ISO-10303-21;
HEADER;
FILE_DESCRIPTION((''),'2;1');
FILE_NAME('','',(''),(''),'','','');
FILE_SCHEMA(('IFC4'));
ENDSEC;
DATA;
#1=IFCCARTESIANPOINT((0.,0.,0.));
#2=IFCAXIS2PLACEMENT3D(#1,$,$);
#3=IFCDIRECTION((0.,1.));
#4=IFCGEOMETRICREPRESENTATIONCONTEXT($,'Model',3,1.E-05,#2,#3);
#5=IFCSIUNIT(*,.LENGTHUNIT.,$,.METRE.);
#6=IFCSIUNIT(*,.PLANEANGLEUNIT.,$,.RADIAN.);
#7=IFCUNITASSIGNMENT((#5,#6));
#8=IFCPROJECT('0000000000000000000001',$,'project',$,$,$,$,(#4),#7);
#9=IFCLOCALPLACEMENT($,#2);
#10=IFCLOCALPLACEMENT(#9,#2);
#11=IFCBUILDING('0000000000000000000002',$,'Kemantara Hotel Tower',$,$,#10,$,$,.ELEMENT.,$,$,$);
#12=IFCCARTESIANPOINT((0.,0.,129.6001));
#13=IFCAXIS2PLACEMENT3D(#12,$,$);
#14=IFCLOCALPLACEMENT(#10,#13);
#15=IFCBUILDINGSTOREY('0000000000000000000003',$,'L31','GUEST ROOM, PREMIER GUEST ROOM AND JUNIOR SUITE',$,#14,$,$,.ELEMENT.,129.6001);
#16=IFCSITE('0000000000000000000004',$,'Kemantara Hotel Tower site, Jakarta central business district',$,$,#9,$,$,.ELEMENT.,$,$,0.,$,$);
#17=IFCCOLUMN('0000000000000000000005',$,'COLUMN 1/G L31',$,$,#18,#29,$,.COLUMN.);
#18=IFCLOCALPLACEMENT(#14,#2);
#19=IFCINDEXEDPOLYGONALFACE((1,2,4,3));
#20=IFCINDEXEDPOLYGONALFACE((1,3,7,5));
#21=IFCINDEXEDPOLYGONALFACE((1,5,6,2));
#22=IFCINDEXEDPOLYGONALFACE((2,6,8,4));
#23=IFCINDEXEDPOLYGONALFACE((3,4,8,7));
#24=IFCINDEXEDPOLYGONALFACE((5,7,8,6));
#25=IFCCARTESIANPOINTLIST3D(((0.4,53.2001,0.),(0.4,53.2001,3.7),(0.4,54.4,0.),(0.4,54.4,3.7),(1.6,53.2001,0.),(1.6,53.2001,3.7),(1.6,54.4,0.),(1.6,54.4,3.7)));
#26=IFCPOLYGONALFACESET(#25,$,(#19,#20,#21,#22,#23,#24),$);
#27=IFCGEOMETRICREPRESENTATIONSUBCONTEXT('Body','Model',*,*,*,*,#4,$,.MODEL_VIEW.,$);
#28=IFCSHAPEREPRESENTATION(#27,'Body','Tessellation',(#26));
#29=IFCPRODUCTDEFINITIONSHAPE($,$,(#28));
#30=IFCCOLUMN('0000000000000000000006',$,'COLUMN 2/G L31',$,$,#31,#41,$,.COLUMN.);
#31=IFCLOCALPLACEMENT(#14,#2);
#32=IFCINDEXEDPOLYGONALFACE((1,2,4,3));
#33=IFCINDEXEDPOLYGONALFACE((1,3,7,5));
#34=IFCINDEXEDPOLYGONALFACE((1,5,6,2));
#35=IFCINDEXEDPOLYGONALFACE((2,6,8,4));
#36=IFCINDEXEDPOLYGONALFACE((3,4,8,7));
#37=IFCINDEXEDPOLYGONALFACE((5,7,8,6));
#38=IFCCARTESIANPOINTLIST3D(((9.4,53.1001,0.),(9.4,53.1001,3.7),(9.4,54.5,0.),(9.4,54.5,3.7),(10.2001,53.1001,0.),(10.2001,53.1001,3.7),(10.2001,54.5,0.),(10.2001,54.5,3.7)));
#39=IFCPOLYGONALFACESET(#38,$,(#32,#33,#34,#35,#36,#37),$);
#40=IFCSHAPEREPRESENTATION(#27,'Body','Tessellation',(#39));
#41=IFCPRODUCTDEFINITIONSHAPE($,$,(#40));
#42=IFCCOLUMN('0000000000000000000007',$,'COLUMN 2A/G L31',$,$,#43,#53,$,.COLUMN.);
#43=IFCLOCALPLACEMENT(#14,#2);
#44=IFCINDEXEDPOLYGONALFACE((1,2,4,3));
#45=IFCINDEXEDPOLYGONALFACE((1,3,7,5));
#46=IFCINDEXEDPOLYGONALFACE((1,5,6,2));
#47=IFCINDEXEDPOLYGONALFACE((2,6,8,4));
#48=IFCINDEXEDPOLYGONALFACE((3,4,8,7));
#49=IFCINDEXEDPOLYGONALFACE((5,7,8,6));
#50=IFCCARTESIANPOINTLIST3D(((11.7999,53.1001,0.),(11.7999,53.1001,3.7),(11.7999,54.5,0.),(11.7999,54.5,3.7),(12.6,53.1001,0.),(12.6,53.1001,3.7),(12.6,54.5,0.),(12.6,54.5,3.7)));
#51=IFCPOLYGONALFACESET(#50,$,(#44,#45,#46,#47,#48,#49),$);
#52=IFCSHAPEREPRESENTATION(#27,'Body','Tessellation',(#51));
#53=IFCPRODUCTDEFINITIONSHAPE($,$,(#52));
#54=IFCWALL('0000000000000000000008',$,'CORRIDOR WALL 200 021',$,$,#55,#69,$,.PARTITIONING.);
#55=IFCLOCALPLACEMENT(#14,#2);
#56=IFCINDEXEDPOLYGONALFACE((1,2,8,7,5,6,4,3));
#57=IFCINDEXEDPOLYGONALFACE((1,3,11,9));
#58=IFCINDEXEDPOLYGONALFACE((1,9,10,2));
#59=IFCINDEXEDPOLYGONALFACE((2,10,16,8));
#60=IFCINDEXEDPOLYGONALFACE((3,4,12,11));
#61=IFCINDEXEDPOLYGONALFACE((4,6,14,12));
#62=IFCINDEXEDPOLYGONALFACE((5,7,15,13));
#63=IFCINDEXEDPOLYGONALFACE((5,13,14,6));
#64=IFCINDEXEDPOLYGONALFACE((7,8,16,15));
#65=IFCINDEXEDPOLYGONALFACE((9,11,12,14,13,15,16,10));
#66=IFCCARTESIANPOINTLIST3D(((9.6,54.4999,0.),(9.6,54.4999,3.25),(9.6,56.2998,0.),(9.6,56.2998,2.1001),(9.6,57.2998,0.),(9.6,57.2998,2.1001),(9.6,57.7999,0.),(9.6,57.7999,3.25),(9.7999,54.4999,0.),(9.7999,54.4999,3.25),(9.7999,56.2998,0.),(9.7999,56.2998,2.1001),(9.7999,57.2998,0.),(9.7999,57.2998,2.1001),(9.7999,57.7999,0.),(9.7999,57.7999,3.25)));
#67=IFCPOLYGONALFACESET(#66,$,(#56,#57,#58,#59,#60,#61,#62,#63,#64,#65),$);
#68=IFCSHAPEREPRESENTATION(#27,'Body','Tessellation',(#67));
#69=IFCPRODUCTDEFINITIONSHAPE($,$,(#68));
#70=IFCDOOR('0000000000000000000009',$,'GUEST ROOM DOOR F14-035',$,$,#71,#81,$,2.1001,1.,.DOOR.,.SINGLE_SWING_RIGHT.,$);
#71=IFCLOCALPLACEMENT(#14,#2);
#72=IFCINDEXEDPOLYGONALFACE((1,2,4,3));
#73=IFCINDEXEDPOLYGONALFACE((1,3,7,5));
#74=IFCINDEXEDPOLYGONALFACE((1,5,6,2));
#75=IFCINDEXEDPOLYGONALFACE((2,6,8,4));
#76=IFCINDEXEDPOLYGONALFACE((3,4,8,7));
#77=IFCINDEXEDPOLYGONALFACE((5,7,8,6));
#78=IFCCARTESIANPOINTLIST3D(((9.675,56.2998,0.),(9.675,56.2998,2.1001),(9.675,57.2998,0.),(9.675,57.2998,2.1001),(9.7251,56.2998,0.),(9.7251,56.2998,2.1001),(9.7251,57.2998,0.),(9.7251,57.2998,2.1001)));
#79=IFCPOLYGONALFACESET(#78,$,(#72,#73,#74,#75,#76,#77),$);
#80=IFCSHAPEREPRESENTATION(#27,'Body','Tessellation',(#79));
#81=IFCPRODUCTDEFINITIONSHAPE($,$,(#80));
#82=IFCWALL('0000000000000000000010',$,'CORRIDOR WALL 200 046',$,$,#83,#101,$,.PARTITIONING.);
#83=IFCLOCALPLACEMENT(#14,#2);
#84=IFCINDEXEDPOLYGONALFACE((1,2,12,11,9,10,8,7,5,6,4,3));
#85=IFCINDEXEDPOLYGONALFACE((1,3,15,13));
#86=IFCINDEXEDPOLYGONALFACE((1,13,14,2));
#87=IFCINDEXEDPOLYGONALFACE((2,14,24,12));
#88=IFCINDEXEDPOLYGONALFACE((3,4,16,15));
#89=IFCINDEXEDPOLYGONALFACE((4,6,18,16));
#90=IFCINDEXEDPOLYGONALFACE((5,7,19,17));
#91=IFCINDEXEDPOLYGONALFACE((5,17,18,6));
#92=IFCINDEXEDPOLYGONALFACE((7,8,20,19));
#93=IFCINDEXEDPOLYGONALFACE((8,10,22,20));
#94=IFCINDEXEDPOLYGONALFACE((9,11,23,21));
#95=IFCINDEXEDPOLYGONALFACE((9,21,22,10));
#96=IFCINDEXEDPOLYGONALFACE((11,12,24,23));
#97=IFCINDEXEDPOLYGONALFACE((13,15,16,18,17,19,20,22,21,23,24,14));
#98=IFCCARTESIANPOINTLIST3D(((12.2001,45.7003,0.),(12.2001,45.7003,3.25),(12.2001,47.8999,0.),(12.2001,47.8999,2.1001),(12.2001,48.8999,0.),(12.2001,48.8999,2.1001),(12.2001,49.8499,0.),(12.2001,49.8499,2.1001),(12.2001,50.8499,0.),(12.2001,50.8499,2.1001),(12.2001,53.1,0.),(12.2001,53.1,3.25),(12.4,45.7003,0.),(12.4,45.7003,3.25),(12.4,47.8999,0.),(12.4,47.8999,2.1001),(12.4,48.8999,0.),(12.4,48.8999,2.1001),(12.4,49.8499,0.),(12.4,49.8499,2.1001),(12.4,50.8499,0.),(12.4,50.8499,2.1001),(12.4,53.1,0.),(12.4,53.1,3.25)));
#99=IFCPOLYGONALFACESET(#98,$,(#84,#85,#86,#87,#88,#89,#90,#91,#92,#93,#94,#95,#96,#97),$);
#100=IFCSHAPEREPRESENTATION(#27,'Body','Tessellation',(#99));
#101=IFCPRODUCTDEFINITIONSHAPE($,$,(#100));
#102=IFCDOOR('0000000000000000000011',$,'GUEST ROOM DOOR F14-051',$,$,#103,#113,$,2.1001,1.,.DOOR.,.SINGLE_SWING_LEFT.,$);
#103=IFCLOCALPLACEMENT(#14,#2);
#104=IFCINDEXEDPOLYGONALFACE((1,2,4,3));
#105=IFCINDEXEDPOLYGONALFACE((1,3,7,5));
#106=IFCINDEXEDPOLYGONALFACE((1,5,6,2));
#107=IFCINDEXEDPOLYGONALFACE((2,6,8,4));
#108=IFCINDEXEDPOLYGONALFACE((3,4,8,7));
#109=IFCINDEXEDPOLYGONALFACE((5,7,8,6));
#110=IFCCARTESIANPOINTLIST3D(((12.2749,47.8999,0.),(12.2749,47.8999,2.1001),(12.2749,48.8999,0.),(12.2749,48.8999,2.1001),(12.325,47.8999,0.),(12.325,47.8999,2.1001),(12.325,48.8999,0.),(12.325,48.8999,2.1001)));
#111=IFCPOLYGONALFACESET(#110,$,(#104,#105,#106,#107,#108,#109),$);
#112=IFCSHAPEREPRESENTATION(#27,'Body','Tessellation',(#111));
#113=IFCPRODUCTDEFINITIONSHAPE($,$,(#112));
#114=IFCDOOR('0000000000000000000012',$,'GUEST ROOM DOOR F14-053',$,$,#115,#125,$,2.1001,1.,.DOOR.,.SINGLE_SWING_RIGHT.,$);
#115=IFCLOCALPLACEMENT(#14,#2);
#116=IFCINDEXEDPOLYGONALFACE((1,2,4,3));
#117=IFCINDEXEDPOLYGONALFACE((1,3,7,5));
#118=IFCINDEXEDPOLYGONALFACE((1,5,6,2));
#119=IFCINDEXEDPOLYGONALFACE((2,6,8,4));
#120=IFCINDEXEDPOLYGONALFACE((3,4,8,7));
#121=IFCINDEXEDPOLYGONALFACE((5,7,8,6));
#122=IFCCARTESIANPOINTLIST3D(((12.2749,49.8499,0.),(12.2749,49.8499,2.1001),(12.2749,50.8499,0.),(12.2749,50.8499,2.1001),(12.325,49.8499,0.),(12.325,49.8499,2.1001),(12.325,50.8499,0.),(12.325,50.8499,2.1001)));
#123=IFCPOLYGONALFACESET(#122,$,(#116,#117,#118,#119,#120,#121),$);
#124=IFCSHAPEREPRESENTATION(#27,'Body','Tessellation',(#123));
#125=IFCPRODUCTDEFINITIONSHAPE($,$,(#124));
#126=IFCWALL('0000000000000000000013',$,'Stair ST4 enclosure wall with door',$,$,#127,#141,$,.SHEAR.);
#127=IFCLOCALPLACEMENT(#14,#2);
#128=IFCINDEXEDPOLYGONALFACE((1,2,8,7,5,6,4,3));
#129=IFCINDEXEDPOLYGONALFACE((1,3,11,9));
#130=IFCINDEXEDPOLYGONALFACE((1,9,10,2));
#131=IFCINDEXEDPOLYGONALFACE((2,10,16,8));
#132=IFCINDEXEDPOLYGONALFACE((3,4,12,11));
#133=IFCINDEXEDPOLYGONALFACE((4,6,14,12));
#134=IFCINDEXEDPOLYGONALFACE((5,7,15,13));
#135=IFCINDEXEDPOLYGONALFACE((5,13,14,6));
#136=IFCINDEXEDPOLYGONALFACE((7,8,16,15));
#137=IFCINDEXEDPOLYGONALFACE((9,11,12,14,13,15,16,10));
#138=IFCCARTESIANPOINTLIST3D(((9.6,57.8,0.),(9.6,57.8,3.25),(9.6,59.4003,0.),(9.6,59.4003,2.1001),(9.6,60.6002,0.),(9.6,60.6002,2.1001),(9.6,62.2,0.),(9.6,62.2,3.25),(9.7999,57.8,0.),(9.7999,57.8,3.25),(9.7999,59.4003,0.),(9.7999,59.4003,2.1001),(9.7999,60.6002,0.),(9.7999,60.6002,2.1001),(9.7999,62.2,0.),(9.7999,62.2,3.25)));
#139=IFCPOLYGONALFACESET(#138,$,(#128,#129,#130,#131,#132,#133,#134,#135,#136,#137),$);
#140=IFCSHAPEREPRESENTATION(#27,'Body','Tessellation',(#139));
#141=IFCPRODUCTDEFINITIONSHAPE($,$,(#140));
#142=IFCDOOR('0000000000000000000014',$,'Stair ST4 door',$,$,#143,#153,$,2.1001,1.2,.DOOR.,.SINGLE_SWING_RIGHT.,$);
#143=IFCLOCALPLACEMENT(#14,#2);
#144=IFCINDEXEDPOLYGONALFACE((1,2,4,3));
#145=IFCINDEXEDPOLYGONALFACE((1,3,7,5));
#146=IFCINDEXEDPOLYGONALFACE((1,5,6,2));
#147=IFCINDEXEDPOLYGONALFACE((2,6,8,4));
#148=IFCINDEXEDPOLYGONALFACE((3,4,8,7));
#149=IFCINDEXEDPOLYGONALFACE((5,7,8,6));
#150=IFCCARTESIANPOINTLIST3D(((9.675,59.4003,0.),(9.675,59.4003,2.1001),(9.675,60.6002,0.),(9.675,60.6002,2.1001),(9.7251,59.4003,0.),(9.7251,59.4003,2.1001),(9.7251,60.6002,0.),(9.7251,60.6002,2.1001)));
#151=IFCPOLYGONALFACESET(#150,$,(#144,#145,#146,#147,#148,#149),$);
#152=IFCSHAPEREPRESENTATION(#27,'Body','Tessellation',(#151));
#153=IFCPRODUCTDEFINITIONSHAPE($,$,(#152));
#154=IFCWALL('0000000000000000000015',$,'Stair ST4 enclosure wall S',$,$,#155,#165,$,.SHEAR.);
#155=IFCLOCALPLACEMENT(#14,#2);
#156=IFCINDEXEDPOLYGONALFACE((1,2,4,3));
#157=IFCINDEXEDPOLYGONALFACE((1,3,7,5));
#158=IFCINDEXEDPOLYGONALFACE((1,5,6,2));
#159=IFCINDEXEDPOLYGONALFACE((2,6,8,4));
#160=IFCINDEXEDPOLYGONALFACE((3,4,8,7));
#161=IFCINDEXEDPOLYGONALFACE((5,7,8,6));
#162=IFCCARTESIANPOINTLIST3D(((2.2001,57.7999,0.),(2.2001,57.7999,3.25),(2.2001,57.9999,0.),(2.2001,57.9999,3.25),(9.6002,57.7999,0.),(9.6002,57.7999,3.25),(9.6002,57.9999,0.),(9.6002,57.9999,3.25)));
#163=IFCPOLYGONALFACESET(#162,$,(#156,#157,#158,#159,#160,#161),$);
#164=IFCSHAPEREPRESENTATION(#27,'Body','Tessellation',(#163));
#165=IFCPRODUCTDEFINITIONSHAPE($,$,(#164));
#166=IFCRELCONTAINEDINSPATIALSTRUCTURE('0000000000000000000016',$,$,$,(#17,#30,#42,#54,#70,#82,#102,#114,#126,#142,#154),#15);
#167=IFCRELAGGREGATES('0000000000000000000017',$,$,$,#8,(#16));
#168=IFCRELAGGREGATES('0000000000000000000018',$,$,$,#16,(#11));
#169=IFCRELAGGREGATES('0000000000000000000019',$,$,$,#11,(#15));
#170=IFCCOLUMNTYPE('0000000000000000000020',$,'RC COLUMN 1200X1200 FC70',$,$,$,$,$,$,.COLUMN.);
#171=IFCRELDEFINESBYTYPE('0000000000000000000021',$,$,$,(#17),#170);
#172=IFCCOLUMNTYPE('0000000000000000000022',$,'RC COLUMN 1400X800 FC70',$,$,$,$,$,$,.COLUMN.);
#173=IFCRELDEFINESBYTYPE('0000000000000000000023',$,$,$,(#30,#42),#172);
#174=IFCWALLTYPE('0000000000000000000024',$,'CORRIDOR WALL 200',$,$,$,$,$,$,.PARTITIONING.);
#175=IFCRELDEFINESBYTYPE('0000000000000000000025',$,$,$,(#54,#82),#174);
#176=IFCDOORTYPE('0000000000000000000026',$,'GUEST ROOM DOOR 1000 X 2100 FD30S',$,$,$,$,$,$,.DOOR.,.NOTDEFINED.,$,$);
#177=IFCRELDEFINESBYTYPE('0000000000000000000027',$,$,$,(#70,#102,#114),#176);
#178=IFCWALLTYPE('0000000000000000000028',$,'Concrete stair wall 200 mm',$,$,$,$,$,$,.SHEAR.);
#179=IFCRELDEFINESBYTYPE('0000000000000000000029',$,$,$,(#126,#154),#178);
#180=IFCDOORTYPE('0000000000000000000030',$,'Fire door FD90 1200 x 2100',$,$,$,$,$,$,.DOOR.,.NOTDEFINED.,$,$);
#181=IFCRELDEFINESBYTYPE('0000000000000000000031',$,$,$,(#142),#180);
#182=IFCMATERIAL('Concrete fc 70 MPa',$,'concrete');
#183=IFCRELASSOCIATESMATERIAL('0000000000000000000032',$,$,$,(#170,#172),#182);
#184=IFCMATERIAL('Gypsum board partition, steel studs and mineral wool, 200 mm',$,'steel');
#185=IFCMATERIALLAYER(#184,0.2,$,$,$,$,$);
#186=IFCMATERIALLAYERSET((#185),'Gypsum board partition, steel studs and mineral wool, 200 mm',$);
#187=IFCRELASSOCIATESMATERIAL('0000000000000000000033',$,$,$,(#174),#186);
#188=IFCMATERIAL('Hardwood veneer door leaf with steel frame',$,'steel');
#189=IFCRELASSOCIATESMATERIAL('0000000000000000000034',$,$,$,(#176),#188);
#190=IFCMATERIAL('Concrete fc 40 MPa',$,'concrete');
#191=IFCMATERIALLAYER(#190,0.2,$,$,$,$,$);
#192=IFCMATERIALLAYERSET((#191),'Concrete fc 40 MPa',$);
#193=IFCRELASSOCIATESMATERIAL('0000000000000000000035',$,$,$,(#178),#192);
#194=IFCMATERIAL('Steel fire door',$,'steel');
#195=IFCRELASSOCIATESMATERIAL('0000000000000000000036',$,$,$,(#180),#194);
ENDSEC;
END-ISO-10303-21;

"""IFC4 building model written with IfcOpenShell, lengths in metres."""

from ifc_helpers import new_model, si_unit, direction, frame, frame_2d, origin, origin_2d, place, context, subcontext, project, spatial, rectangle, extrude, material, layer, layer_set, material_profile, profile_set, type_object, element, fill, save


model = new_model("IFC4")

# Units and contexts
model_context = context("Model", 3, precision=1e-05, world=origin(), true_north=direction((0.0, 1.0)))
body_context = subcontext(model_context, "Body", "Model", "MODEL_VIEW")
ifc_project = project(units=[si_unit("LENGTHUNIT", "METRE"), si_unit("PLANEANGLEUNIT", "RADIAN")], contexts=[model_context])

# Site, building, storey
site_placement = place(None, origin())
site = spatial("IfcSite", under=ifc_project, at=site_placement, Name="Kemantara Hotel Tower site, Jakarta central business district", CompositionType="ELEMENT", RefElevation=0.0)
building_placement = place(site_placement, origin())
building = spatial("IfcBuilding", under=site, at=building_placement, Name="Kemantara Hotel Tower", CompositionType="ELEMENT")
storey_placement = place(building_placement, frame((0.0, 0.0, 129.6001)))
storey = spatial("IfcBuildingStorey", under=building, at=storey_placement, Name="L31", Description="GUEST ROOM, PREMIER GUEST ROOM AND JUNIOR SUITE", CompositionType="ELEMENT", Elevation=129.6001)

# Columns
ifc_material_1 = material(Name="Concrete fc 70 MPa", Category="concrete")
ifc_material_profile_1 = material_profile(ifc_material_1, rectangle(XDim=1.2, YDim=1.2, at=origin_2d()), Name="RC 1200X1200")
ifc_profile_set_1 = profile_set([ifc_material_profile_1], Name="Concrete fc 70 MPa")
column_type_1 = type_object("IfcColumnType", Name="RC COLUMN 1200X1200 FC70", PredefinedType="COLUMN", material=ifc_profile_set_1)
column_placement = place(storey_placement, frame((1.0, 53.8, 0.0), z_axis=(0.0, 0.0, 1.0), x_axis=(1.0, 0.0, 0.0)))
element("IfcColumn", 1, at=column_placement, inside=storey, type_object=column_type_1, Name="COLUMN 1/G L31", PredefinedType="COLUMN", context=body_context, shape_type="SweptSolid", body=[
    extrude(rectangle(XDim=1.2, YDim=1.2, at=origin_2d()), origin(), (0.0, 0.0, 1.0), 3.7),
])
ifc_material_profile_2 = material_profile(ifc_material_1, rectangle(XDim=1.3999, YDim=0.8, at=origin_2d()), Name="RC 1400X800")
ifc_profile_set_2 = profile_set([ifc_material_profile_2], Name="Concrete fc 70 MPa")
column_type_2 = type_object("IfcColumnType", Name="RC COLUMN 1400X800 FC70", PredefinedType="COLUMN", material=ifc_profile_set_2)
for number, where, z_axis, x_axis, name in (
    (2, (9.8, 53.8, 0.0), (0.0, 0.0, 1.0), (0.0, 1.0, 0.0), "COLUMN 2/G L31"),
    (3, (12.2, 53.8, 0.0), (0.0, 0.0, 1.0), (0.0, 1.0, 0.0), "COLUMN 2A/G L31"),
):
    element("IfcColumn", number, at=place(storey_placement, frame(where, z_axis=z_axis, x_axis=x_axis)), inside=storey, type_object=column_type_2, Name=name, PredefinedType="COLUMN", context=body_context, shape_type="SweptSolid", body=[
        extrude(rectangle(XDim=1.3999, YDim=0.8, at=origin_2d()), origin(), (0.0, 0.0, 1.0), 3.7),
    ])

# Wall, opening, door
ifc_material_2 = material(Name="Gypsum board partition, steel studs and mineral wool, 200 mm", Category="steel")
ifc_layer_1 = layer(ifc_material_2, 0.2)
ifc_layer_set_1 = layer_set([ifc_layer_1], Name="Gypsum board partition, steel studs and mineral wool, 200 mm")
wall_type_1 = type_object("IfcWallType", Name="CORRIDOR WALL 200", PredefinedType="PARTITIONING", material=ifc_layer_set_1)
wall_1_placement = place(storey_placement, frame((9.7, 54.5, 0.0), z_axis=(0.0, 0.0, 1.0), x_axis=(0.0, 1.0, 0.0)))
wall_1 = element("IfcWall", 4, at=wall_1_placement, inside=storey, type_object=wall_type_1, Name="CORRIDOR WALL 200 021", PredefinedType="PARTITIONING", context=body_context, shape_type="SweptSolid", body=[
    extrude(rectangle(XDim=3.3, YDim=0.2, at=frame_2d((1.6499, 0.0))), origin(), (0.0, 0.0, 1.0), 3.25),
])
opening_1_placement = place(wall_1_placement, frame((1.7998, 0.0, 0.0)))
opening_1 = element("IfcOpeningElement", 5, at=opening_1_placement, cuts=wall_1, PredefinedType="OPENING", context=body_context, shape_type="SweptSolid", body=[
    extrude(rectangle(XDim=1.0, YDim=2.1001, at=frame_2d((0.5, 1.05))), frame((0.0, 0.1099, 0.0), z_axis=(0.0, -1.0, 0.0), x_axis=(1.0, 0.0, 0.0)), (0.0, 0.0, 1.0), 0.22),
])
ifc_material_3 = material(Name="Hardwood veneer door leaf with steel frame", Category="steel")
door_type_1 = type_object("IfcDoorType", Name="GUEST ROOM DOOR 1000 X 2100 FD30S", OperationType="NOTDEFINED", PredefinedType="DOOR", material=ifc_material_3)
door_1_placement = place(opening_1_placement, origin())
door_1 = element("IfcDoor", 6, at=door_1_placement, inside=storey, type_object=door_type_1, Name="GUEST ROOM DOOR F14-035", OperationType="SINGLE_SWING_RIGHT", OverallHeight=2.1001, OverallWidth=1.0, PredefinedType="DOOR", context=body_context, shape_type="SweptSolid", body=[
    extrude(rectangle(XDim=1.0, YDim=2.1001, at=frame_2d((0.5, 1.05))), frame((0.0, 0.0249, 0.0), z_axis=(0.0, -1.0, 0.0), x_axis=(1.0, 0.0, 0.0)), (0.0, 0.0, 1.0), 0.05),
])
fill(opening_1, door_1)

# Wall, openings, doors
wall_2_placement = place(storey_placement, frame((12.3, 53.0999, 0.0), z_axis=(0.0, 0.0, 1.0), x_axis=(0.0, -1.0, 0.0)))
wall_2 = element("IfcWall", 7, at=wall_2_placement, inside=storey, type_object=wall_type_1, Name="CORRIDOR WALL 200 046", PredefinedType="PARTITIONING", context=body_context, shape_type="SweptSolid", body=[
    extrude(rectangle(XDim=7.3997, YDim=0.2, at=frame_2d((3.6997, 0.0))), origin(), (0.0, 0.0, 1.0), 3.25),
])
opening_2_placement = place(wall_2_placement, frame((4.2, 0.0, 0.0)))
opening_2 = element("IfcOpeningElement", 8, at=opening_2_placement, cuts=wall_2, PredefinedType="OPENING", context=body_context, shape_type="SweptSolid", body=[
    extrude(rectangle(XDim=1.0, YDim=2.1001, at=frame_2d((0.5, 1.05))), frame((0.0, 0.1099, 0.0), z_axis=(0.0, -1.0, 0.0), x_axis=(1.0, 0.0, 0.0)), (0.0, 0.0, 1.0), 0.22),
])
opening_3_placement = place(wall_2_placement, frame((2.25, 0.0, 0.0)))
opening_3 = element("IfcOpeningElement", 9, at=opening_3_placement, cuts=wall_2, PredefinedType="OPENING", context=body_context, shape_type="SweptSolid", body=[
    extrude(rectangle(XDim=1.0, YDim=2.1001, at=frame_2d((0.5, 1.05))), frame((0.0, 0.1099, 0.0), z_axis=(0.0, -1.0, 0.0), x_axis=(1.0, 0.0, 0.0)), (0.0, 0.0, 1.0), 0.22),
])
door_2_placement = place(opening_2_placement, origin())
door_2 = element("IfcDoor", 10, at=door_2_placement, inside=storey, type_object=door_type_1, Name="GUEST ROOM DOOR F14-051", OperationType="SINGLE_SWING_LEFT", OverallHeight=2.1001, OverallWidth=1.0, PredefinedType="DOOR", context=body_context, shape_type="SweptSolid", body=[
    extrude(rectangle(XDim=1.0, YDim=2.1001, at=frame_2d((0.5, 1.05))), frame((0.0, 0.0249, 0.0), z_axis=(0.0, -1.0, 0.0), x_axis=(1.0, 0.0, 0.0)), (0.0, 0.0, 1.0), 0.05),
])
fill(opening_2, door_2)
door_3_placement = place(opening_3_placement, origin())
door_3 = element("IfcDoor", 11, at=door_3_placement, inside=storey, type_object=door_type_1, Name="GUEST ROOM DOOR F14-053", OperationType="SINGLE_SWING_RIGHT", OverallHeight=2.1001, OverallWidth=1.0, PredefinedType="DOOR", context=body_context, shape_type="SweptSolid", body=[
    extrude(rectangle(XDim=1.0, YDim=2.1001, at=frame_2d((0.5, 1.05))), frame((0.0, 0.0249, 0.0), z_axis=(0.0, -1.0, 0.0), x_axis=(1.0, 0.0, 0.0)), (0.0, 0.0, 1.0), 0.05),
])
fill(opening_3, door_3)

# Wall, opening, door
ifc_material_4 = material(Name="Concrete fc 40 MPa", Category="concrete")
ifc_layer_2 = layer(ifc_material_4, 0.2)
ifc_layer_set_2 = layer_set([ifc_layer_2], Name="Concrete fc 40 MPa")
wall_type_2 = type_object("IfcWallType", Name="Concrete stair wall 200 mm", PredefinedType="SHEAR", material=ifc_layer_set_2)
wall_3_placement = place(storey_placement, frame((9.7, 57.8, 0.0), z_axis=(0.0, 0.0, 1.0), x_axis=(0.0, 1.0, 0.0)))
wall_3 = element("IfcWall", 12, at=wall_3_placement, inside=storey, type_object=wall_type_2, Name="Stair ST4 enclosure wall with door", PredefinedType="SHEAR", context=body_context, shape_type="SweptSolid", body=[
    extrude(rectangle(XDim=4.3999, YDim=0.2, at=frame_2d((2.2, 0.0))), origin(), (0.0, 0.0, 1.0), 3.25),
])
opening_4_placement = place(wall_3_placement, frame((1.6001, 0.0, 0.0)))
opening_4 = element("IfcOpeningElement", 13, at=opening_4_placement, cuts=wall_3, PredefinedType="OPENING", context=body_context, shape_type="SweptSolid", body=[
    extrude(rectangle(XDim=1.2, YDim=2.1001, at=frame_2d((0.6001, 1.05))), frame((0.0, 0.1099, 0.0), z_axis=(0.0, -1.0, 0.0), x_axis=(1.0, 0.0, 0.0)), (0.0, 0.0, 1.0), 0.22),
])
ifc_material_5 = material(Name="Steel fire door", Category="steel")
door_type_2 = type_object("IfcDoorType", Name="Fire door FD90 1200 x 2100", OperationType="NOTDEFINED", PredefinedType="DOOR", material=ifc_material_5)
door_4_placement = place(opening_4_placement, origin())
door_4 = element("IfcDoor", 14, at=door_4_placement, inside=storey, type_object=door_type_2, Name="Stair ST4 door", OperationType="SINGLE_SWING_RIGHT", OverallHeight=2.1001, OverallWidth=1.2, PredefinedType="DOOR", context=body_context, shape_type="SweptSolid", body=[
    extrude(rectangle(XDim=1.2, YDim=2.1001, at=frame_2d((0.6001, 1.05))), frame((0.0, 0.0249, 0.0), z_axis=(0.0, -1.0, 0.0), x_axis=(1.0, 0.0, 0.0)), (0.0, 0.0, 1.0), 0.05),
])
fill(opening_4, door_4)

# Wall
wall_4_placement = place(storey_placement, frame((2.2, 57.8999, 0.0), z_axis=(0.0, 0.0, 1.0), x_axis=(1.0, 0.0, 0.0)))
element("IfcWall", 15, at=wall_4_placement, inside=storey, type_object=wall_type_2, Name="Stair ST4 enclosure wall S", PredefinedType="SHEAR", context=body_context, shape_type="SweptSolid", body=[
    extrude(rectangle(XDim=7.4001, YDim=0.2, at=frame_2d((3.7002, 0.0))), origin(), (0.0, 0.0, 1.0), 3.25),
])

save(model, "model.ifc")
